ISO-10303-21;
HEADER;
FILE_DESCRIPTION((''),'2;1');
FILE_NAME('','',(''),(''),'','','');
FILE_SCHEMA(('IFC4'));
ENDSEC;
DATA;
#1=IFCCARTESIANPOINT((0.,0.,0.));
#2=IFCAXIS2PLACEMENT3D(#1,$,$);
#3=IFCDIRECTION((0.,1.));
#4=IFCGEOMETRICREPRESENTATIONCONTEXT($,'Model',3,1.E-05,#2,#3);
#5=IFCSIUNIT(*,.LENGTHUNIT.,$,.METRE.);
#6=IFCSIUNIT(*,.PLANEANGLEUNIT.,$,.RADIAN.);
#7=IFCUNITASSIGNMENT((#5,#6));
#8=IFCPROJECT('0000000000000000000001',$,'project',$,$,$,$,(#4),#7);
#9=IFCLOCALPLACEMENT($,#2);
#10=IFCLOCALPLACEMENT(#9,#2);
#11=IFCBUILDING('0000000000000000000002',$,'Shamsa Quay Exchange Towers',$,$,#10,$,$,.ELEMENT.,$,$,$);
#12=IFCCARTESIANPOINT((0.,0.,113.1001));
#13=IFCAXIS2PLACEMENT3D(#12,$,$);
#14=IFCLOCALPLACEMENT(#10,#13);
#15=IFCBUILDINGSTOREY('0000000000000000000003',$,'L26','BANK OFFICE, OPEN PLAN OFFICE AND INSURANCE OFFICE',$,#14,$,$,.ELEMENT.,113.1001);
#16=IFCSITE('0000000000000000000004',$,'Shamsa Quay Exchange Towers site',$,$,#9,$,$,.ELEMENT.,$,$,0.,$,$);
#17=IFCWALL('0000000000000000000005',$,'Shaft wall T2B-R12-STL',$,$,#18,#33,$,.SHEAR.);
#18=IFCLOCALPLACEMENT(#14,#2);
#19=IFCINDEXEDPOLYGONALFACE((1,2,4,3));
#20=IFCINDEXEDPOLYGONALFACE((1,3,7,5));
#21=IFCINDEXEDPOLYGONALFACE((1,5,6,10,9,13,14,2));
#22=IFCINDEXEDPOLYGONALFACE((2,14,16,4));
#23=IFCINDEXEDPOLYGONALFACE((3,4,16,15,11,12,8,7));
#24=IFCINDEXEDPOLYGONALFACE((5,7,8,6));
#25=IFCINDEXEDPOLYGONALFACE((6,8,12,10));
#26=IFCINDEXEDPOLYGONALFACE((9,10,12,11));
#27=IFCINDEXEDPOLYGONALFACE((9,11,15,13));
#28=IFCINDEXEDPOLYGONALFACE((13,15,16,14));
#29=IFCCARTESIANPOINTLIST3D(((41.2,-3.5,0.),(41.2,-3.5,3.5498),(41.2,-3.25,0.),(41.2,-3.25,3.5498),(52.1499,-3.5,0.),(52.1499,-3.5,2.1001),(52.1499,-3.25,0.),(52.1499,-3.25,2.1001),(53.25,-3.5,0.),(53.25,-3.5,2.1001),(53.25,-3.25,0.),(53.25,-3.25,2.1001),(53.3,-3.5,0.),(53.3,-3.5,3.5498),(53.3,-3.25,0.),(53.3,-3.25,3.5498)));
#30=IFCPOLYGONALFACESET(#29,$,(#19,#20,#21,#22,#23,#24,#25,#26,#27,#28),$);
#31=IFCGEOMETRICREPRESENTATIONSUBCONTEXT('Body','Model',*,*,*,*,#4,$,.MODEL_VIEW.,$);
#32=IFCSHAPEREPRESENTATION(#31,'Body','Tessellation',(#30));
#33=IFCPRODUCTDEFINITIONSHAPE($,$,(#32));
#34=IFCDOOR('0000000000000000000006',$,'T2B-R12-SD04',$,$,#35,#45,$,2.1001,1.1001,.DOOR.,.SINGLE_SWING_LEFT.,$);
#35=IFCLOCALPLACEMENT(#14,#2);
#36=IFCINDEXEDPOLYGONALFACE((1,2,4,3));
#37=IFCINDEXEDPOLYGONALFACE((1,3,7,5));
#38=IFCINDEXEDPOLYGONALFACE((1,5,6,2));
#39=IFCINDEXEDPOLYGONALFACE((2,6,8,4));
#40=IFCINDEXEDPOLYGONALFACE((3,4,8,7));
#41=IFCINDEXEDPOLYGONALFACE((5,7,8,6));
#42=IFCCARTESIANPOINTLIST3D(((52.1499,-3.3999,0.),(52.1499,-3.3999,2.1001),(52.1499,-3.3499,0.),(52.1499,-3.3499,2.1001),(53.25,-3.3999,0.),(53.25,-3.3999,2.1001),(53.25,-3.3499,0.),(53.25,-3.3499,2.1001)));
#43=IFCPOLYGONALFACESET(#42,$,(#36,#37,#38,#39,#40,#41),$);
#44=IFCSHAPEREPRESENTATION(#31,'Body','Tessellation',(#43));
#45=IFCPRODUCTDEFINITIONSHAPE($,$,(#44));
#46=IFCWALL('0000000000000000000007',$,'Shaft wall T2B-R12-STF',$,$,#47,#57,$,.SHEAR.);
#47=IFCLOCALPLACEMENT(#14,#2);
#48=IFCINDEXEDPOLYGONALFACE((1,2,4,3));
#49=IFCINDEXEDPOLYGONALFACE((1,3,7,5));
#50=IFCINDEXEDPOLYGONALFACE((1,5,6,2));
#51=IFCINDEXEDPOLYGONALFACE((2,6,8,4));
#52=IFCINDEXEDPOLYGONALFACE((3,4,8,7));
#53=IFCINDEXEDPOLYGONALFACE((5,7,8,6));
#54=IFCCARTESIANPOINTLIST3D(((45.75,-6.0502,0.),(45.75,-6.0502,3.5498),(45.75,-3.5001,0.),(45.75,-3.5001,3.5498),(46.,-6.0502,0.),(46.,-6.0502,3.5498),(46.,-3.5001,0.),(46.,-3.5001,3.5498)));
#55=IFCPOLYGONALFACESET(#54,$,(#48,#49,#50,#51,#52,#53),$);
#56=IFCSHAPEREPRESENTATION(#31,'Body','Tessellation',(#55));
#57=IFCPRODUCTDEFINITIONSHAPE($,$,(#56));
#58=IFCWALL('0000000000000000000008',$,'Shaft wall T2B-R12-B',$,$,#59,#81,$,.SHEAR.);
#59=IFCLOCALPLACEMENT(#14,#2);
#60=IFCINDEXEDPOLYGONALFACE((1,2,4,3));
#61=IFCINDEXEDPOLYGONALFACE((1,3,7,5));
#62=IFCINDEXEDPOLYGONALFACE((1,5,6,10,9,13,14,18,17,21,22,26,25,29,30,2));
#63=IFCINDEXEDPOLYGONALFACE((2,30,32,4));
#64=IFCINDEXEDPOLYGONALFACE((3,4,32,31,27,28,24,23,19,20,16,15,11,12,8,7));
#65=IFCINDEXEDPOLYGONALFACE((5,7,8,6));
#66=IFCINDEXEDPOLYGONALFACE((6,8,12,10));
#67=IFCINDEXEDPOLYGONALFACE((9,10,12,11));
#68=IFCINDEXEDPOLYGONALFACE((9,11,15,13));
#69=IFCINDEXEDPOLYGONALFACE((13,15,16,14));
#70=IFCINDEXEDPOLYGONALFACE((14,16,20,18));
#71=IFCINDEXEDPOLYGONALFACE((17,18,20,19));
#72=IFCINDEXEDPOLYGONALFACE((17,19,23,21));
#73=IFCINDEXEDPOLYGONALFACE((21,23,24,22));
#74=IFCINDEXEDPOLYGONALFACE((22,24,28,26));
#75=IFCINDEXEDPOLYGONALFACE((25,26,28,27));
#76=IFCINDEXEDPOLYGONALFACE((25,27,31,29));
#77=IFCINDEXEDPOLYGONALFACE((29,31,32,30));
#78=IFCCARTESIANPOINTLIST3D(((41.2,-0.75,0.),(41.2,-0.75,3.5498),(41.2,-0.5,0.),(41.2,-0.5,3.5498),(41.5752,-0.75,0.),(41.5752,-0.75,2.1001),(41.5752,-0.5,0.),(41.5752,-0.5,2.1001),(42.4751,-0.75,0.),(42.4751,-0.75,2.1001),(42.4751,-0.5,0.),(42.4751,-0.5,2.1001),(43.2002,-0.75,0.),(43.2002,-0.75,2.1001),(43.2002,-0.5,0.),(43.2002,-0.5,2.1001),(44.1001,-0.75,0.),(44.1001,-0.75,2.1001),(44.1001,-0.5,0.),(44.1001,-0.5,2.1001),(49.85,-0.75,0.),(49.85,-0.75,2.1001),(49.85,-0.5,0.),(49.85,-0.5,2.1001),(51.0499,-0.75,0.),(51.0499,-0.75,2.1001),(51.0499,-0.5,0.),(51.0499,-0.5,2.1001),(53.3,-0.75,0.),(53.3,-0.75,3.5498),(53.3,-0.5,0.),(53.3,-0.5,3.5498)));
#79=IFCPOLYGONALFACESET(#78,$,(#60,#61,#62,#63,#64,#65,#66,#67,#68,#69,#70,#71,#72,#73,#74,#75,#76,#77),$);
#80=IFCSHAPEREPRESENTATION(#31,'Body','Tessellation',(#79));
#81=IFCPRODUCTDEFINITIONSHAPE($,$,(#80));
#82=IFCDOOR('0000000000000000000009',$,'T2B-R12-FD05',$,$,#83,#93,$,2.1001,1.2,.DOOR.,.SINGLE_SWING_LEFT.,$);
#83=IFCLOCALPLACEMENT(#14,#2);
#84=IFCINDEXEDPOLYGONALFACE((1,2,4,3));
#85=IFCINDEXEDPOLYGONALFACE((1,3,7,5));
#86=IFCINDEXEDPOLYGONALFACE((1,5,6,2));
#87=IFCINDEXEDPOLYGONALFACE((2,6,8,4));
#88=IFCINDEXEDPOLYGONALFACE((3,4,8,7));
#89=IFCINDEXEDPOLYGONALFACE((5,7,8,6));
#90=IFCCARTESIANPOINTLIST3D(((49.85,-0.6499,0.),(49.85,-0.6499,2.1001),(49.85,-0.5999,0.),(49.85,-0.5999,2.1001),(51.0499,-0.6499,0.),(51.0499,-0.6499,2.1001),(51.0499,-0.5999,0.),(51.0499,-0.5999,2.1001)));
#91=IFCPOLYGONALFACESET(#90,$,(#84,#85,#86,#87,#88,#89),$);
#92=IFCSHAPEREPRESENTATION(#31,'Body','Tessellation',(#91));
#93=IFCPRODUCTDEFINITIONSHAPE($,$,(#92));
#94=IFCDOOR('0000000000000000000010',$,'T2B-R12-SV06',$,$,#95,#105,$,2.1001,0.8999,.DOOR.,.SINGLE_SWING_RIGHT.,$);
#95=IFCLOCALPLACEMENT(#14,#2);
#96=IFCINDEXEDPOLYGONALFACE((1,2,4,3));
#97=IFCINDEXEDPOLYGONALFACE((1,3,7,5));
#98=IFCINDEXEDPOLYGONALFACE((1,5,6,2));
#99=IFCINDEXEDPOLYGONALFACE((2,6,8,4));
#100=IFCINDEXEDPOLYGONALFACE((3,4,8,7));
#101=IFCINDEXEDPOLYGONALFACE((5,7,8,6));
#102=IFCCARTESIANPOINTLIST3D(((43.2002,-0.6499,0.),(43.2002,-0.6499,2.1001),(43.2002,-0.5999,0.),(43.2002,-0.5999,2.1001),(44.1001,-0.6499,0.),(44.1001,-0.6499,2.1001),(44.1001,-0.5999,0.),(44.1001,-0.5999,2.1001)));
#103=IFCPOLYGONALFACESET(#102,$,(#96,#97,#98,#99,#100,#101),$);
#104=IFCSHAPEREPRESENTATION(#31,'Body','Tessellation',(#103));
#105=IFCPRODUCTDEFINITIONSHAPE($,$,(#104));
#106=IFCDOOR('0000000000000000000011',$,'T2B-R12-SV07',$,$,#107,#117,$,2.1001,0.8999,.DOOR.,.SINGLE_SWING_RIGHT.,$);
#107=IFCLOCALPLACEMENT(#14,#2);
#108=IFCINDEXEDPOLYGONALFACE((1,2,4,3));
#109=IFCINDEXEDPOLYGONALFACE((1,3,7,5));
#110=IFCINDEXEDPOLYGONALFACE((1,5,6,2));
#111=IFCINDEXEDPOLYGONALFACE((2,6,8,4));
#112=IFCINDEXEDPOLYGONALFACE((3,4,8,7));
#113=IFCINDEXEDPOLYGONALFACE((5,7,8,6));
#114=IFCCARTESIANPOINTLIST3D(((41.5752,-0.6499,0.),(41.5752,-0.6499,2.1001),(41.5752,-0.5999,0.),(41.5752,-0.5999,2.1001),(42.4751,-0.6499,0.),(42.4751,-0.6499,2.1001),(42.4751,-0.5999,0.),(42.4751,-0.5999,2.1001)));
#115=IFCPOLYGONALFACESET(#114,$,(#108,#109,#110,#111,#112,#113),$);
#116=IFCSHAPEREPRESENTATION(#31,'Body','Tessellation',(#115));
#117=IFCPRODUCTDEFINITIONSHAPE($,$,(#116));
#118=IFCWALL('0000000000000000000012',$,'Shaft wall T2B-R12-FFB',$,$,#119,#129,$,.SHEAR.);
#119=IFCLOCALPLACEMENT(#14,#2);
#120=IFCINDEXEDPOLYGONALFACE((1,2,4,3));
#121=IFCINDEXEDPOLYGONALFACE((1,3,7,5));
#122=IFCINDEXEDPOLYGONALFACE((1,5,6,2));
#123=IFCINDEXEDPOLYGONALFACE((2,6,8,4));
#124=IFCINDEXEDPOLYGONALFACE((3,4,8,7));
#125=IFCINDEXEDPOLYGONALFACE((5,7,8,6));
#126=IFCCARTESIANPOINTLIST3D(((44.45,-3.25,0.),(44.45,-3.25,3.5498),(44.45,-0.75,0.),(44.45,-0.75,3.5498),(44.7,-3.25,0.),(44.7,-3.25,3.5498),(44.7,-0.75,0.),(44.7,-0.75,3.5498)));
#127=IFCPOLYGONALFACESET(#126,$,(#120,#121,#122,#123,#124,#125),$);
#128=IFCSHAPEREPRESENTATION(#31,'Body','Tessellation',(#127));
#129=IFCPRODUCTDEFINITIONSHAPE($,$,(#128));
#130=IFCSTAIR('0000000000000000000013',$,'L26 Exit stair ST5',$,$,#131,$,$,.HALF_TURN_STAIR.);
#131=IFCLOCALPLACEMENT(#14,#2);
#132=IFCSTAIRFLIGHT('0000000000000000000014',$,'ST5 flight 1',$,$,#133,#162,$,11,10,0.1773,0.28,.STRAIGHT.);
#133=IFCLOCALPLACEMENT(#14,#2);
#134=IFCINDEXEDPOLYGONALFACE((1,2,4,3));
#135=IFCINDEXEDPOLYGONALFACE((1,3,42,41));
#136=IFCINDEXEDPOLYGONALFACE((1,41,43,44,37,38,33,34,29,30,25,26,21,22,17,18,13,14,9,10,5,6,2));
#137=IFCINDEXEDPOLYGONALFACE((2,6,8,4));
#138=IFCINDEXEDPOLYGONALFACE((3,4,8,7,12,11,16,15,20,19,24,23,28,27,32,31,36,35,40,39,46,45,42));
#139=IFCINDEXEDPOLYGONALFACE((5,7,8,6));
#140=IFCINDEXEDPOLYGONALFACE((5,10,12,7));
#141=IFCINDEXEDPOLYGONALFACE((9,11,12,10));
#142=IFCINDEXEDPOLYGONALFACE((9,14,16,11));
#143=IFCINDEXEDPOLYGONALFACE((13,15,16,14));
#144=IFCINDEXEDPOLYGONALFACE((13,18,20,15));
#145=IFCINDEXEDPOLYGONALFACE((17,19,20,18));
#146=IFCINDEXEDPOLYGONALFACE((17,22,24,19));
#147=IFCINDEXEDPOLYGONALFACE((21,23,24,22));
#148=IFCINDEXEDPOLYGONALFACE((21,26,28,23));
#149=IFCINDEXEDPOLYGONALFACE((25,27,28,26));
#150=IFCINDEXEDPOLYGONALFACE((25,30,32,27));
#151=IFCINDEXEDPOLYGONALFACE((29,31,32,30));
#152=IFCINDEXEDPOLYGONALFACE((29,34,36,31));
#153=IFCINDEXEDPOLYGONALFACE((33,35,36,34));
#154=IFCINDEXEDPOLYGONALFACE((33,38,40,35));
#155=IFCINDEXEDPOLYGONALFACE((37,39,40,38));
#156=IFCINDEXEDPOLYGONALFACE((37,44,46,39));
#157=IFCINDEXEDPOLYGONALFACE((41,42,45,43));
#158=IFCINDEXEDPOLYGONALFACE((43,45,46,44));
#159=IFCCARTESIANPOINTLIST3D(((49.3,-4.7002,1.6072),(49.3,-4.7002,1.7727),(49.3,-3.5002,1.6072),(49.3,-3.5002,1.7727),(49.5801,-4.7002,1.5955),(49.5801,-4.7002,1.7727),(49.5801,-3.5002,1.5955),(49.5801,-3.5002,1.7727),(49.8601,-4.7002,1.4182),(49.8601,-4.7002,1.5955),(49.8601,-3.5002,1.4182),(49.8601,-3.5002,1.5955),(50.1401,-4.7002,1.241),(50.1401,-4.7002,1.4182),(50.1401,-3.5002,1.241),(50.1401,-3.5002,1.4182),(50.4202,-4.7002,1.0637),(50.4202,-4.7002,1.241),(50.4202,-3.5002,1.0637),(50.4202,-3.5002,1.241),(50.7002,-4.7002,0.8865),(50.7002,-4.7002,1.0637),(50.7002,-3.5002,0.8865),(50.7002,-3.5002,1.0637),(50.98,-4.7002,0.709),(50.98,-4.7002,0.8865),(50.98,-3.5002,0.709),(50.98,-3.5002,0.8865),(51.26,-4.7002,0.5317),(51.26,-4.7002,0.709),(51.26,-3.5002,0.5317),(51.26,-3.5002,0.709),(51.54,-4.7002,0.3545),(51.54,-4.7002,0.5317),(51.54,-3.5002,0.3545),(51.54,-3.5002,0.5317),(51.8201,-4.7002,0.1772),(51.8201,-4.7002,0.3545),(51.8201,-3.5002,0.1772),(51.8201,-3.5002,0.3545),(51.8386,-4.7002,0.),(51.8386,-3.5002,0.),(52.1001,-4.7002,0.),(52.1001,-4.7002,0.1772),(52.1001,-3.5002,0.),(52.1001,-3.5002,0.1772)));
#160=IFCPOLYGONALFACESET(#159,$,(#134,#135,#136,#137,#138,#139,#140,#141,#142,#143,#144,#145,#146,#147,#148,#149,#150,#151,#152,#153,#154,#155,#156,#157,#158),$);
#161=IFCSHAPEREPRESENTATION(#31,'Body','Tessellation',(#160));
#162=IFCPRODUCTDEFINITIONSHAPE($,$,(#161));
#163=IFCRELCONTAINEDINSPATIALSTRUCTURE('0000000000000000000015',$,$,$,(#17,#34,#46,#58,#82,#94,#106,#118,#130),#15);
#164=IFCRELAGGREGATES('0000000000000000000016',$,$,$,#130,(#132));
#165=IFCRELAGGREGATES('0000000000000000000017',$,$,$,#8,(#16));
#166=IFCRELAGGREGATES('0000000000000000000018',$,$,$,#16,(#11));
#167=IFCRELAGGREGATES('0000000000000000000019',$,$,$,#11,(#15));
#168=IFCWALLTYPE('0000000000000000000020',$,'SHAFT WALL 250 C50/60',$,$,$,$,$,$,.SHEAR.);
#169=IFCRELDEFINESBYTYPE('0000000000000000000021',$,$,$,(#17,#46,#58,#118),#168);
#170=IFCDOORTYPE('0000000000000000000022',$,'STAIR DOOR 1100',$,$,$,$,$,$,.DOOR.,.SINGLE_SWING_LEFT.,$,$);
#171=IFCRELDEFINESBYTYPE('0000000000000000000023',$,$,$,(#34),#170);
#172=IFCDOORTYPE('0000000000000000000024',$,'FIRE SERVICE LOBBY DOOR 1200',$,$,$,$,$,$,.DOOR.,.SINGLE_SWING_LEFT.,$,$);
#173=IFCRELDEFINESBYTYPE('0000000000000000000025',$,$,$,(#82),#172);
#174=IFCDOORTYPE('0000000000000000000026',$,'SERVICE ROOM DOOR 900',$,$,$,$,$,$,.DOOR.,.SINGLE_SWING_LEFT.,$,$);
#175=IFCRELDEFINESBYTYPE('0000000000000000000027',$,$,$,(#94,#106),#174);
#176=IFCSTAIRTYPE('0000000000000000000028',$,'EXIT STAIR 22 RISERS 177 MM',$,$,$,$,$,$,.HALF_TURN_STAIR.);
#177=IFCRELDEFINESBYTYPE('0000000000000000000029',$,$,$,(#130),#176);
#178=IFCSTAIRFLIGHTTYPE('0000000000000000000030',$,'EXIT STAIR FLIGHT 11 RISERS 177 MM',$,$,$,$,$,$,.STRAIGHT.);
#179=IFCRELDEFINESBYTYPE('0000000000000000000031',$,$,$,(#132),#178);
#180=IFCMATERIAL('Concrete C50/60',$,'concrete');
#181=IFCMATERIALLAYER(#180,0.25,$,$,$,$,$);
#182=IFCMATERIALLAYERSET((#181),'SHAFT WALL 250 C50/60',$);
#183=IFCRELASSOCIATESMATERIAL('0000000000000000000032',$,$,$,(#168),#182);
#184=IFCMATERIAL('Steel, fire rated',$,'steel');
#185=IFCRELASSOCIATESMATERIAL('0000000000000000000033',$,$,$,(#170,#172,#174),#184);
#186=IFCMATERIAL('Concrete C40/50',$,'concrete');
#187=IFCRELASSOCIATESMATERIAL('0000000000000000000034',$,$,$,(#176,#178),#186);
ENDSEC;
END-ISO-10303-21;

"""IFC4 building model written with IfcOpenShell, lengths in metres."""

from ifc_helpers import new_model, si_unit, direction, frame, frame_2d, origin, place, context, subcontext, project, spatial, polyline, rectangle, outline, extrude, material, layer, layer_set, type_object, element, fill, aggregate, save


model = new_model("IFC4")

# Units and contexts
model_context = context("Model", 3, precision=1e-05, world=origin(), true_north=direction((0.0, 1.0)))
body_context = subcontext(model_context, "Body", "Model", "MODEL_VIEW")
ifc_project = project(units=[si_unit("LENGTHUNIT", "METRE"), si_unit("PLANEANGLEUNIT", "RADIAN")], contexts=[model_context])

# Site, building, storey
site_placement = place(None, origin())
site = spatial("IfcSite", under=ifc_project, at=site_placement, Name="Shamsa Quay Exchange Towers site", CompositionType="ELEMENT", RefElevation=0.0)
building_placement = place(site_placement, origin())
building = spatial("IfcBuilding", under=site, at=building_placement, Name="Shamsa Quay Exchange Towers", CompositionType="ELEMENT")
storey_placement = place(building_placement, frame((0.0, 0.0, 113.1001)))
storey = spatial("IfcBuildingStorey", under=building, at=storey_placement, Name="L26", Description="BANK OFFICE, OPEN PLAN OFFICE AND INSURANCE OFFICE", CompositionType="ELEMENT", Elevation=113.1001)

# Wall, opening, door
ifc_material_1 = material(Name="Steel, fire rated", Category="steel")
ifc_material_2 = material(Name="Concrete C50/60", Category="concrete")
ifc_layer_1 = layer(ifc_material_2, 0.25)
ifc_layer_set_1 = layer_set([ifc_layer_1], Name="SHAFT WALL 250 C50/60")
wall_type_1 = type_object("IfcWallType", Name="SHAFT WALL 250 C50/60", PredefinedType="SHEAR", material=ifc_layer_set_1)
wall_1_placement = place(storey_placement, frame((53.3, -3.375, 0.0), z_axis=(0.0, 0.0, 1.0), x_axis=(-1.0, 0.0, 0.0)))
wall_1 = element("IfcWall", 1, at=wall_1_placement, inside=storey, type_object=wall_type_1, Name="Shaft wall T2B-R12-STL", PredefinedType="SHEAR", context=body_context, shape_type="SweptSolid", body=[
    extrude(rectangle(XDim=12.1001, YDim=0.25, at=frame_2d((6.05, 0.0))), origin(), (0.0, 0.0, 1.0), 3.5498),
])
opening_1_placement = place(wall_1_placement, frame((0.05, 0.0, 0.0)))
opening_1 = element("IfcOpeningElement", 2, at=opening_1_placement, cuts=wall_1, PredefinedType="OPENING", context=body_context, shape_type="SweptSolid", body=[
    extrude(rectangle(XDim=1.1001, YDim=2.1001, at=frame_2d((0.55, 1.05))), frame((0.0, 0.135, 0.0), z_axis=(0.0, -1.0, 0.0), x_axis=(1.0, 0.0, 0.0)), (0.0, 0.0, 1.0), 0.27),
])
door_type_1 = type_object("IfcDoorType", Name="STAIR DOOR 1100", OperationType="SINGLE_SWING_LEFT", PredefinedType="DOOR", material=ifc_material_1)
door_1_placement = place(opening_1_placement, origin())
door_1 = element("IfcDoor", 3, at=door_1_placement, inside=storey, type_object=door_type_1, Name="T2B-R12-SD04", OperationType="SINGLE_SWING_LEFT", OverallHeight=2.1001, OverallWidth=1.1001, PredefinedType="DOOR", context=body_context, shape_type="SweptSolid", body=[
    extrude(rectangle(XDim=1.1001, YDim=2.1001, at=frame_2d((0.55, 1.05))), frame((0.0, 0.0249, 0.0), z_axis=(0.0, -1.0, 0.0), x_axis=(1.0, 0.0, 0.0)), (0.0, 0.0, 1.0), 0.05),
])
fill(opening_1, door_1)

# Wall
wall_2_placement = place(storey_placement, frame((45.875, -6.05, 0.0), z_axis=(0.0, 0.0, 1.0), x_axis=(0.0, 1.0, 0.0)))
element("IfcWall", 4, at=wall_2_placement, inside=storey, type_object=wall_type_1, Name="Shaft wall T2B-R12-STF", PredefinedType="SHEAR", context=body_context, shape_type="SweptSolid", body=[
    extrude(rectangle(XDim=2.55, YDim=0.25, at=frame_2d((1.2749, 0.0))), origin(), (0.0, 0.0, 1.0), 3.5498),
])

# Wall, openings, doors
wall_3_placement = place(storey_placement, frame((53.3, -0.625, 0.0), z_axis=(0.0, 0.0, 1.0), x_axis=(-1.0, 0.0, 0.0)))
wall_3 = element("IfcWall", 5, at=wall_3_placement, inside=storey, type_object=wall_type_1, Name="Shaft wall T2B-R12-B", PredefinedType="SHEAR", context=body_context, shape_type="SweptSolid", body=[
    extrude(rectangle(XDim=12.1001, YDim=0.25, at=frame_2d((6.05, 0.0))), origin(), (0.0, 0.0, 1.0), 3.5498),
])
opening_2_placement = place(wall_3_placement, frame((2.25, 0.0, 0.0)))
opening_2 = element("IfcOpeningElement", 6, at=opening_2_placement, cuts=wall_3, PredefinedType="OPENING", context=body_context, shape_type="SweptSolid", body=[
    extrude(rectangle(XDim=1.2, YDim=2.1001, at=frame_2d((0.6001, 1.05))), frame((0.0, 0.135, 0.0), z_axis=(0.0, -1.0, 0.0), x_axis=(1.0, 0.0, 0.0)), (0.0, 0.0, 1.0), 0.27),
])
opening_3_placement = place(wall_3_placement, frame((9.2, 0.0, 0.0)))
opening_3 = element("IfcOpeningElement", 7, at=opening_3_placement, cuts=wall_3, PredefinedType="OPENING", context=body_context, shape_type="SweptSolid", body=[
    extrude(rectangle(XDim=0.8999, YDim=2.1001, at=frame_2d((0.45, 1.05))), frame((0.0, 0.135, 0.0), z_axis=(0.0, -1.0, 0.0), x_axis=(1.0, 0.0, 0.0)), (0.0, 0.0, 1.0), 0.27),
])
opening_4_placement = place(wall_3_placement, frame((10.825, 0.0, 0.0)))
opening_4 = element("IfcOpeningElement", 8, at=opening_4_placement, cuts=wall_3, PredefinedType="OPENING", context=body_context, shape_type="SweptSolid", body=[
    extrude(rectangle(XDim=0.8999, YDim=2.1001, at=frame_2d((0.45, 1.05))), frame((0.0, 0.135, 0.0), z_axis=(0.0, -1.0, 0.0), x_axis=(1.0, 0.0, 0.0)), (0.0, 0.0, 1.0), 0.27),
])
door_type_2 = type_object("IfcDoorType", Name="FIRE SERVICE LOBBY DOOR 1200", OperationType="SINGLE_SWING_LEFT", PredefinedType="DOOR", material=ifc_material_1)
door_2_placement = place(opening_2_placement, origin())
door_2 = element("IfcDoor", 9, at=door_2_placement, inside=storey, type_object=door_type_2, Name="T2B-R12-FD05", OperationType="SINGLE_SWING_LEFT", OverallHeight=2.1001, OverallWidth=1.2, PredefinedType="DOOR", context=body_context, shape_type="SweptSolid", body=[
    extrude(rectangle(XDim=1.2, YDim=2.1001, at=frame_2d((0.6001, 1.05))), frame((0.0, 0.0249, 0.0), z_axis=(0.0, -1.0, 0.0), x_axis=(1.0, 0.0, 0.0)), (0.0, 0.0, 1.0), 0.05),
])
fill(opening_2, door_2)
door_type_3 = type_object("IfcDoorType", Name="SERVICE ROOM DOOR 900", OperationType="SINGLE_SWING_LEFT", PredefinedType="DOOR", material=ifc_material_1)
door_3_placement = place(opening_3_placement, origin())
door_3 = element("IfcDoor", 10, at=door_3_placement, inside=storey, type_object=door_type_3, Name="T2B-R12-SV06", OperationType="SINGLE_SWING_RIGHT", OverallHeight=2.1001, OverallWidth=0.8999, PredefinedType="DOOR", context=body_context, shape_type="SweptSolid", body=[
    extrude(rectangle(XDim=0.8999, YDim=2.1001, at=frame_2d((0.45, 1.05))), frame((0.0, 0.0249, 0.0), z_axis=(0.0, -1.0, 0.0), x_axis=(1.0, 0.0, 0.0)), (0.0, 0.0, 1.0), 0.05),
])
fill(opening_3, door_3)
door_4_placement = place(opening_4_placement, origin())
door_4 = element("IfcDoor", 11, at=door_4_placement, inside=storey, type_object=door_type_3, Name="T2B-R12-SV07", OperationType="SINGLE_SWING_RIGHT", OverallHeight=2.1001, OverallWidth=0.8999, PredefinedType="DOOR", context=body_context, shape_type="SweptSolid", body=[
    extrude(rectangle(XDim=0.8999, YDim=2.1001, at=frame_2d((0.45, 1.05))), frame((0.0, 0.0249, 0.0), z_axis=(0.0, -1.0, 0.0), x_axis=(1.0, 0.0, 0.0)), (0.0, 0.0, 1.0), 0.05),
])
fill(opening_4, door_4)

# Wall
wall_4_placement = place(storey_placement, frame((44.575, -3.25, 0.0), z_axis=(0.0, 0.0, 1.0), x_axis=(0.0, 1.0, 0.0)))
element("IfcWall", 12, at=wall_4_placement, inside=storey, type_object=wall_type_1, Name="Shaft wall T2B-R12-FFB", PredefinedType="SHEAR", context=body_context, shape_type="SweptSolid", body=[
    extrude(rectangle(XDim=2.5, YDim=0.25, at=frame_2d((1.25, 0.0))), origin(), (0.0, 0.0, 1.0), 3.5498),
])

# Stair, stair flight
ifc_material_3 = material(Name="Concrete C40/50", Category="concrete")
stair_type = type_object("IfcStairType", Name="EXIT STAIR 22 RISERS 177 MM", PredefinedType="HALF_TURN_STAIR", material=ifc_material_3)
stair_placement = place(storey_placement, origin())
stair = element("IfcStair", 13, at=stair_placement, inside=storey, type_object=stair_type, Name="L26 Exit stair ST5", PredefinedType="HALF_TURN_STAIR")
stair_flight_type = type_object("IfcStairFlightType", Name="EXIT STAIR FLIGHT 11 RISERS 177 MM", PredefinedType="STRAIGHT", material=ifc_material_3)
stair_flight_1_placement = place(storey_placement, frame((52.1001, -4.1001, 0.0), z_axis=(0.0, 0.0, 1.0), x_axis=(-1.0, 0.0, 0.0)))
stair_flight_1 = element("IfcStairFlight", 14, at=stair_flight_1_placement, type_object=stair_flight_type, Name="ST5 flight 1", NumberOfRisers=11, NumberOfTreads=10, PredefinedType="STRAIGHT", RiserHeight=0.1773, TreadLength=0.28, context=body_context, shape_type="SweptSolid", body=[
    extrude(outline(polyline([(0.0, 0.0), (0.0, 0.1772), (0.28, 0.1772), (0.28, 0.3545), (0.5601, 0.3545), (0.5601, 0.5317), (0.8401, 0.5317), (0.8401, 0.709), (1.1201, 0.709), (1.1201, 0.8865), (1.3999, 0.8865), (1.3999, 1.0637), (1.6799, 1.0637), (1.6799, 1.241), (1.96, 1.241), (1.96, 1.4182), (2.24, 1.4182), (2.24, 1.5955), (2.52, 1.5955), (2.52, 1.7727), (2.8, 1.7727), (2.8, 1.95), (2.8, 1.6072), (0.2615, 0.0), (0.0, 0.0)])), frame((0.0, 0.6001, 0.0), z_axis=(0.0, -1.0, 0.0), x_axis=(1.0, 0.0, 0.0)), (0.0, 0.0, 1.0), 1.2),
])
aggregate(stair, [stair_flight_1])

save(model, "model.ifc")
